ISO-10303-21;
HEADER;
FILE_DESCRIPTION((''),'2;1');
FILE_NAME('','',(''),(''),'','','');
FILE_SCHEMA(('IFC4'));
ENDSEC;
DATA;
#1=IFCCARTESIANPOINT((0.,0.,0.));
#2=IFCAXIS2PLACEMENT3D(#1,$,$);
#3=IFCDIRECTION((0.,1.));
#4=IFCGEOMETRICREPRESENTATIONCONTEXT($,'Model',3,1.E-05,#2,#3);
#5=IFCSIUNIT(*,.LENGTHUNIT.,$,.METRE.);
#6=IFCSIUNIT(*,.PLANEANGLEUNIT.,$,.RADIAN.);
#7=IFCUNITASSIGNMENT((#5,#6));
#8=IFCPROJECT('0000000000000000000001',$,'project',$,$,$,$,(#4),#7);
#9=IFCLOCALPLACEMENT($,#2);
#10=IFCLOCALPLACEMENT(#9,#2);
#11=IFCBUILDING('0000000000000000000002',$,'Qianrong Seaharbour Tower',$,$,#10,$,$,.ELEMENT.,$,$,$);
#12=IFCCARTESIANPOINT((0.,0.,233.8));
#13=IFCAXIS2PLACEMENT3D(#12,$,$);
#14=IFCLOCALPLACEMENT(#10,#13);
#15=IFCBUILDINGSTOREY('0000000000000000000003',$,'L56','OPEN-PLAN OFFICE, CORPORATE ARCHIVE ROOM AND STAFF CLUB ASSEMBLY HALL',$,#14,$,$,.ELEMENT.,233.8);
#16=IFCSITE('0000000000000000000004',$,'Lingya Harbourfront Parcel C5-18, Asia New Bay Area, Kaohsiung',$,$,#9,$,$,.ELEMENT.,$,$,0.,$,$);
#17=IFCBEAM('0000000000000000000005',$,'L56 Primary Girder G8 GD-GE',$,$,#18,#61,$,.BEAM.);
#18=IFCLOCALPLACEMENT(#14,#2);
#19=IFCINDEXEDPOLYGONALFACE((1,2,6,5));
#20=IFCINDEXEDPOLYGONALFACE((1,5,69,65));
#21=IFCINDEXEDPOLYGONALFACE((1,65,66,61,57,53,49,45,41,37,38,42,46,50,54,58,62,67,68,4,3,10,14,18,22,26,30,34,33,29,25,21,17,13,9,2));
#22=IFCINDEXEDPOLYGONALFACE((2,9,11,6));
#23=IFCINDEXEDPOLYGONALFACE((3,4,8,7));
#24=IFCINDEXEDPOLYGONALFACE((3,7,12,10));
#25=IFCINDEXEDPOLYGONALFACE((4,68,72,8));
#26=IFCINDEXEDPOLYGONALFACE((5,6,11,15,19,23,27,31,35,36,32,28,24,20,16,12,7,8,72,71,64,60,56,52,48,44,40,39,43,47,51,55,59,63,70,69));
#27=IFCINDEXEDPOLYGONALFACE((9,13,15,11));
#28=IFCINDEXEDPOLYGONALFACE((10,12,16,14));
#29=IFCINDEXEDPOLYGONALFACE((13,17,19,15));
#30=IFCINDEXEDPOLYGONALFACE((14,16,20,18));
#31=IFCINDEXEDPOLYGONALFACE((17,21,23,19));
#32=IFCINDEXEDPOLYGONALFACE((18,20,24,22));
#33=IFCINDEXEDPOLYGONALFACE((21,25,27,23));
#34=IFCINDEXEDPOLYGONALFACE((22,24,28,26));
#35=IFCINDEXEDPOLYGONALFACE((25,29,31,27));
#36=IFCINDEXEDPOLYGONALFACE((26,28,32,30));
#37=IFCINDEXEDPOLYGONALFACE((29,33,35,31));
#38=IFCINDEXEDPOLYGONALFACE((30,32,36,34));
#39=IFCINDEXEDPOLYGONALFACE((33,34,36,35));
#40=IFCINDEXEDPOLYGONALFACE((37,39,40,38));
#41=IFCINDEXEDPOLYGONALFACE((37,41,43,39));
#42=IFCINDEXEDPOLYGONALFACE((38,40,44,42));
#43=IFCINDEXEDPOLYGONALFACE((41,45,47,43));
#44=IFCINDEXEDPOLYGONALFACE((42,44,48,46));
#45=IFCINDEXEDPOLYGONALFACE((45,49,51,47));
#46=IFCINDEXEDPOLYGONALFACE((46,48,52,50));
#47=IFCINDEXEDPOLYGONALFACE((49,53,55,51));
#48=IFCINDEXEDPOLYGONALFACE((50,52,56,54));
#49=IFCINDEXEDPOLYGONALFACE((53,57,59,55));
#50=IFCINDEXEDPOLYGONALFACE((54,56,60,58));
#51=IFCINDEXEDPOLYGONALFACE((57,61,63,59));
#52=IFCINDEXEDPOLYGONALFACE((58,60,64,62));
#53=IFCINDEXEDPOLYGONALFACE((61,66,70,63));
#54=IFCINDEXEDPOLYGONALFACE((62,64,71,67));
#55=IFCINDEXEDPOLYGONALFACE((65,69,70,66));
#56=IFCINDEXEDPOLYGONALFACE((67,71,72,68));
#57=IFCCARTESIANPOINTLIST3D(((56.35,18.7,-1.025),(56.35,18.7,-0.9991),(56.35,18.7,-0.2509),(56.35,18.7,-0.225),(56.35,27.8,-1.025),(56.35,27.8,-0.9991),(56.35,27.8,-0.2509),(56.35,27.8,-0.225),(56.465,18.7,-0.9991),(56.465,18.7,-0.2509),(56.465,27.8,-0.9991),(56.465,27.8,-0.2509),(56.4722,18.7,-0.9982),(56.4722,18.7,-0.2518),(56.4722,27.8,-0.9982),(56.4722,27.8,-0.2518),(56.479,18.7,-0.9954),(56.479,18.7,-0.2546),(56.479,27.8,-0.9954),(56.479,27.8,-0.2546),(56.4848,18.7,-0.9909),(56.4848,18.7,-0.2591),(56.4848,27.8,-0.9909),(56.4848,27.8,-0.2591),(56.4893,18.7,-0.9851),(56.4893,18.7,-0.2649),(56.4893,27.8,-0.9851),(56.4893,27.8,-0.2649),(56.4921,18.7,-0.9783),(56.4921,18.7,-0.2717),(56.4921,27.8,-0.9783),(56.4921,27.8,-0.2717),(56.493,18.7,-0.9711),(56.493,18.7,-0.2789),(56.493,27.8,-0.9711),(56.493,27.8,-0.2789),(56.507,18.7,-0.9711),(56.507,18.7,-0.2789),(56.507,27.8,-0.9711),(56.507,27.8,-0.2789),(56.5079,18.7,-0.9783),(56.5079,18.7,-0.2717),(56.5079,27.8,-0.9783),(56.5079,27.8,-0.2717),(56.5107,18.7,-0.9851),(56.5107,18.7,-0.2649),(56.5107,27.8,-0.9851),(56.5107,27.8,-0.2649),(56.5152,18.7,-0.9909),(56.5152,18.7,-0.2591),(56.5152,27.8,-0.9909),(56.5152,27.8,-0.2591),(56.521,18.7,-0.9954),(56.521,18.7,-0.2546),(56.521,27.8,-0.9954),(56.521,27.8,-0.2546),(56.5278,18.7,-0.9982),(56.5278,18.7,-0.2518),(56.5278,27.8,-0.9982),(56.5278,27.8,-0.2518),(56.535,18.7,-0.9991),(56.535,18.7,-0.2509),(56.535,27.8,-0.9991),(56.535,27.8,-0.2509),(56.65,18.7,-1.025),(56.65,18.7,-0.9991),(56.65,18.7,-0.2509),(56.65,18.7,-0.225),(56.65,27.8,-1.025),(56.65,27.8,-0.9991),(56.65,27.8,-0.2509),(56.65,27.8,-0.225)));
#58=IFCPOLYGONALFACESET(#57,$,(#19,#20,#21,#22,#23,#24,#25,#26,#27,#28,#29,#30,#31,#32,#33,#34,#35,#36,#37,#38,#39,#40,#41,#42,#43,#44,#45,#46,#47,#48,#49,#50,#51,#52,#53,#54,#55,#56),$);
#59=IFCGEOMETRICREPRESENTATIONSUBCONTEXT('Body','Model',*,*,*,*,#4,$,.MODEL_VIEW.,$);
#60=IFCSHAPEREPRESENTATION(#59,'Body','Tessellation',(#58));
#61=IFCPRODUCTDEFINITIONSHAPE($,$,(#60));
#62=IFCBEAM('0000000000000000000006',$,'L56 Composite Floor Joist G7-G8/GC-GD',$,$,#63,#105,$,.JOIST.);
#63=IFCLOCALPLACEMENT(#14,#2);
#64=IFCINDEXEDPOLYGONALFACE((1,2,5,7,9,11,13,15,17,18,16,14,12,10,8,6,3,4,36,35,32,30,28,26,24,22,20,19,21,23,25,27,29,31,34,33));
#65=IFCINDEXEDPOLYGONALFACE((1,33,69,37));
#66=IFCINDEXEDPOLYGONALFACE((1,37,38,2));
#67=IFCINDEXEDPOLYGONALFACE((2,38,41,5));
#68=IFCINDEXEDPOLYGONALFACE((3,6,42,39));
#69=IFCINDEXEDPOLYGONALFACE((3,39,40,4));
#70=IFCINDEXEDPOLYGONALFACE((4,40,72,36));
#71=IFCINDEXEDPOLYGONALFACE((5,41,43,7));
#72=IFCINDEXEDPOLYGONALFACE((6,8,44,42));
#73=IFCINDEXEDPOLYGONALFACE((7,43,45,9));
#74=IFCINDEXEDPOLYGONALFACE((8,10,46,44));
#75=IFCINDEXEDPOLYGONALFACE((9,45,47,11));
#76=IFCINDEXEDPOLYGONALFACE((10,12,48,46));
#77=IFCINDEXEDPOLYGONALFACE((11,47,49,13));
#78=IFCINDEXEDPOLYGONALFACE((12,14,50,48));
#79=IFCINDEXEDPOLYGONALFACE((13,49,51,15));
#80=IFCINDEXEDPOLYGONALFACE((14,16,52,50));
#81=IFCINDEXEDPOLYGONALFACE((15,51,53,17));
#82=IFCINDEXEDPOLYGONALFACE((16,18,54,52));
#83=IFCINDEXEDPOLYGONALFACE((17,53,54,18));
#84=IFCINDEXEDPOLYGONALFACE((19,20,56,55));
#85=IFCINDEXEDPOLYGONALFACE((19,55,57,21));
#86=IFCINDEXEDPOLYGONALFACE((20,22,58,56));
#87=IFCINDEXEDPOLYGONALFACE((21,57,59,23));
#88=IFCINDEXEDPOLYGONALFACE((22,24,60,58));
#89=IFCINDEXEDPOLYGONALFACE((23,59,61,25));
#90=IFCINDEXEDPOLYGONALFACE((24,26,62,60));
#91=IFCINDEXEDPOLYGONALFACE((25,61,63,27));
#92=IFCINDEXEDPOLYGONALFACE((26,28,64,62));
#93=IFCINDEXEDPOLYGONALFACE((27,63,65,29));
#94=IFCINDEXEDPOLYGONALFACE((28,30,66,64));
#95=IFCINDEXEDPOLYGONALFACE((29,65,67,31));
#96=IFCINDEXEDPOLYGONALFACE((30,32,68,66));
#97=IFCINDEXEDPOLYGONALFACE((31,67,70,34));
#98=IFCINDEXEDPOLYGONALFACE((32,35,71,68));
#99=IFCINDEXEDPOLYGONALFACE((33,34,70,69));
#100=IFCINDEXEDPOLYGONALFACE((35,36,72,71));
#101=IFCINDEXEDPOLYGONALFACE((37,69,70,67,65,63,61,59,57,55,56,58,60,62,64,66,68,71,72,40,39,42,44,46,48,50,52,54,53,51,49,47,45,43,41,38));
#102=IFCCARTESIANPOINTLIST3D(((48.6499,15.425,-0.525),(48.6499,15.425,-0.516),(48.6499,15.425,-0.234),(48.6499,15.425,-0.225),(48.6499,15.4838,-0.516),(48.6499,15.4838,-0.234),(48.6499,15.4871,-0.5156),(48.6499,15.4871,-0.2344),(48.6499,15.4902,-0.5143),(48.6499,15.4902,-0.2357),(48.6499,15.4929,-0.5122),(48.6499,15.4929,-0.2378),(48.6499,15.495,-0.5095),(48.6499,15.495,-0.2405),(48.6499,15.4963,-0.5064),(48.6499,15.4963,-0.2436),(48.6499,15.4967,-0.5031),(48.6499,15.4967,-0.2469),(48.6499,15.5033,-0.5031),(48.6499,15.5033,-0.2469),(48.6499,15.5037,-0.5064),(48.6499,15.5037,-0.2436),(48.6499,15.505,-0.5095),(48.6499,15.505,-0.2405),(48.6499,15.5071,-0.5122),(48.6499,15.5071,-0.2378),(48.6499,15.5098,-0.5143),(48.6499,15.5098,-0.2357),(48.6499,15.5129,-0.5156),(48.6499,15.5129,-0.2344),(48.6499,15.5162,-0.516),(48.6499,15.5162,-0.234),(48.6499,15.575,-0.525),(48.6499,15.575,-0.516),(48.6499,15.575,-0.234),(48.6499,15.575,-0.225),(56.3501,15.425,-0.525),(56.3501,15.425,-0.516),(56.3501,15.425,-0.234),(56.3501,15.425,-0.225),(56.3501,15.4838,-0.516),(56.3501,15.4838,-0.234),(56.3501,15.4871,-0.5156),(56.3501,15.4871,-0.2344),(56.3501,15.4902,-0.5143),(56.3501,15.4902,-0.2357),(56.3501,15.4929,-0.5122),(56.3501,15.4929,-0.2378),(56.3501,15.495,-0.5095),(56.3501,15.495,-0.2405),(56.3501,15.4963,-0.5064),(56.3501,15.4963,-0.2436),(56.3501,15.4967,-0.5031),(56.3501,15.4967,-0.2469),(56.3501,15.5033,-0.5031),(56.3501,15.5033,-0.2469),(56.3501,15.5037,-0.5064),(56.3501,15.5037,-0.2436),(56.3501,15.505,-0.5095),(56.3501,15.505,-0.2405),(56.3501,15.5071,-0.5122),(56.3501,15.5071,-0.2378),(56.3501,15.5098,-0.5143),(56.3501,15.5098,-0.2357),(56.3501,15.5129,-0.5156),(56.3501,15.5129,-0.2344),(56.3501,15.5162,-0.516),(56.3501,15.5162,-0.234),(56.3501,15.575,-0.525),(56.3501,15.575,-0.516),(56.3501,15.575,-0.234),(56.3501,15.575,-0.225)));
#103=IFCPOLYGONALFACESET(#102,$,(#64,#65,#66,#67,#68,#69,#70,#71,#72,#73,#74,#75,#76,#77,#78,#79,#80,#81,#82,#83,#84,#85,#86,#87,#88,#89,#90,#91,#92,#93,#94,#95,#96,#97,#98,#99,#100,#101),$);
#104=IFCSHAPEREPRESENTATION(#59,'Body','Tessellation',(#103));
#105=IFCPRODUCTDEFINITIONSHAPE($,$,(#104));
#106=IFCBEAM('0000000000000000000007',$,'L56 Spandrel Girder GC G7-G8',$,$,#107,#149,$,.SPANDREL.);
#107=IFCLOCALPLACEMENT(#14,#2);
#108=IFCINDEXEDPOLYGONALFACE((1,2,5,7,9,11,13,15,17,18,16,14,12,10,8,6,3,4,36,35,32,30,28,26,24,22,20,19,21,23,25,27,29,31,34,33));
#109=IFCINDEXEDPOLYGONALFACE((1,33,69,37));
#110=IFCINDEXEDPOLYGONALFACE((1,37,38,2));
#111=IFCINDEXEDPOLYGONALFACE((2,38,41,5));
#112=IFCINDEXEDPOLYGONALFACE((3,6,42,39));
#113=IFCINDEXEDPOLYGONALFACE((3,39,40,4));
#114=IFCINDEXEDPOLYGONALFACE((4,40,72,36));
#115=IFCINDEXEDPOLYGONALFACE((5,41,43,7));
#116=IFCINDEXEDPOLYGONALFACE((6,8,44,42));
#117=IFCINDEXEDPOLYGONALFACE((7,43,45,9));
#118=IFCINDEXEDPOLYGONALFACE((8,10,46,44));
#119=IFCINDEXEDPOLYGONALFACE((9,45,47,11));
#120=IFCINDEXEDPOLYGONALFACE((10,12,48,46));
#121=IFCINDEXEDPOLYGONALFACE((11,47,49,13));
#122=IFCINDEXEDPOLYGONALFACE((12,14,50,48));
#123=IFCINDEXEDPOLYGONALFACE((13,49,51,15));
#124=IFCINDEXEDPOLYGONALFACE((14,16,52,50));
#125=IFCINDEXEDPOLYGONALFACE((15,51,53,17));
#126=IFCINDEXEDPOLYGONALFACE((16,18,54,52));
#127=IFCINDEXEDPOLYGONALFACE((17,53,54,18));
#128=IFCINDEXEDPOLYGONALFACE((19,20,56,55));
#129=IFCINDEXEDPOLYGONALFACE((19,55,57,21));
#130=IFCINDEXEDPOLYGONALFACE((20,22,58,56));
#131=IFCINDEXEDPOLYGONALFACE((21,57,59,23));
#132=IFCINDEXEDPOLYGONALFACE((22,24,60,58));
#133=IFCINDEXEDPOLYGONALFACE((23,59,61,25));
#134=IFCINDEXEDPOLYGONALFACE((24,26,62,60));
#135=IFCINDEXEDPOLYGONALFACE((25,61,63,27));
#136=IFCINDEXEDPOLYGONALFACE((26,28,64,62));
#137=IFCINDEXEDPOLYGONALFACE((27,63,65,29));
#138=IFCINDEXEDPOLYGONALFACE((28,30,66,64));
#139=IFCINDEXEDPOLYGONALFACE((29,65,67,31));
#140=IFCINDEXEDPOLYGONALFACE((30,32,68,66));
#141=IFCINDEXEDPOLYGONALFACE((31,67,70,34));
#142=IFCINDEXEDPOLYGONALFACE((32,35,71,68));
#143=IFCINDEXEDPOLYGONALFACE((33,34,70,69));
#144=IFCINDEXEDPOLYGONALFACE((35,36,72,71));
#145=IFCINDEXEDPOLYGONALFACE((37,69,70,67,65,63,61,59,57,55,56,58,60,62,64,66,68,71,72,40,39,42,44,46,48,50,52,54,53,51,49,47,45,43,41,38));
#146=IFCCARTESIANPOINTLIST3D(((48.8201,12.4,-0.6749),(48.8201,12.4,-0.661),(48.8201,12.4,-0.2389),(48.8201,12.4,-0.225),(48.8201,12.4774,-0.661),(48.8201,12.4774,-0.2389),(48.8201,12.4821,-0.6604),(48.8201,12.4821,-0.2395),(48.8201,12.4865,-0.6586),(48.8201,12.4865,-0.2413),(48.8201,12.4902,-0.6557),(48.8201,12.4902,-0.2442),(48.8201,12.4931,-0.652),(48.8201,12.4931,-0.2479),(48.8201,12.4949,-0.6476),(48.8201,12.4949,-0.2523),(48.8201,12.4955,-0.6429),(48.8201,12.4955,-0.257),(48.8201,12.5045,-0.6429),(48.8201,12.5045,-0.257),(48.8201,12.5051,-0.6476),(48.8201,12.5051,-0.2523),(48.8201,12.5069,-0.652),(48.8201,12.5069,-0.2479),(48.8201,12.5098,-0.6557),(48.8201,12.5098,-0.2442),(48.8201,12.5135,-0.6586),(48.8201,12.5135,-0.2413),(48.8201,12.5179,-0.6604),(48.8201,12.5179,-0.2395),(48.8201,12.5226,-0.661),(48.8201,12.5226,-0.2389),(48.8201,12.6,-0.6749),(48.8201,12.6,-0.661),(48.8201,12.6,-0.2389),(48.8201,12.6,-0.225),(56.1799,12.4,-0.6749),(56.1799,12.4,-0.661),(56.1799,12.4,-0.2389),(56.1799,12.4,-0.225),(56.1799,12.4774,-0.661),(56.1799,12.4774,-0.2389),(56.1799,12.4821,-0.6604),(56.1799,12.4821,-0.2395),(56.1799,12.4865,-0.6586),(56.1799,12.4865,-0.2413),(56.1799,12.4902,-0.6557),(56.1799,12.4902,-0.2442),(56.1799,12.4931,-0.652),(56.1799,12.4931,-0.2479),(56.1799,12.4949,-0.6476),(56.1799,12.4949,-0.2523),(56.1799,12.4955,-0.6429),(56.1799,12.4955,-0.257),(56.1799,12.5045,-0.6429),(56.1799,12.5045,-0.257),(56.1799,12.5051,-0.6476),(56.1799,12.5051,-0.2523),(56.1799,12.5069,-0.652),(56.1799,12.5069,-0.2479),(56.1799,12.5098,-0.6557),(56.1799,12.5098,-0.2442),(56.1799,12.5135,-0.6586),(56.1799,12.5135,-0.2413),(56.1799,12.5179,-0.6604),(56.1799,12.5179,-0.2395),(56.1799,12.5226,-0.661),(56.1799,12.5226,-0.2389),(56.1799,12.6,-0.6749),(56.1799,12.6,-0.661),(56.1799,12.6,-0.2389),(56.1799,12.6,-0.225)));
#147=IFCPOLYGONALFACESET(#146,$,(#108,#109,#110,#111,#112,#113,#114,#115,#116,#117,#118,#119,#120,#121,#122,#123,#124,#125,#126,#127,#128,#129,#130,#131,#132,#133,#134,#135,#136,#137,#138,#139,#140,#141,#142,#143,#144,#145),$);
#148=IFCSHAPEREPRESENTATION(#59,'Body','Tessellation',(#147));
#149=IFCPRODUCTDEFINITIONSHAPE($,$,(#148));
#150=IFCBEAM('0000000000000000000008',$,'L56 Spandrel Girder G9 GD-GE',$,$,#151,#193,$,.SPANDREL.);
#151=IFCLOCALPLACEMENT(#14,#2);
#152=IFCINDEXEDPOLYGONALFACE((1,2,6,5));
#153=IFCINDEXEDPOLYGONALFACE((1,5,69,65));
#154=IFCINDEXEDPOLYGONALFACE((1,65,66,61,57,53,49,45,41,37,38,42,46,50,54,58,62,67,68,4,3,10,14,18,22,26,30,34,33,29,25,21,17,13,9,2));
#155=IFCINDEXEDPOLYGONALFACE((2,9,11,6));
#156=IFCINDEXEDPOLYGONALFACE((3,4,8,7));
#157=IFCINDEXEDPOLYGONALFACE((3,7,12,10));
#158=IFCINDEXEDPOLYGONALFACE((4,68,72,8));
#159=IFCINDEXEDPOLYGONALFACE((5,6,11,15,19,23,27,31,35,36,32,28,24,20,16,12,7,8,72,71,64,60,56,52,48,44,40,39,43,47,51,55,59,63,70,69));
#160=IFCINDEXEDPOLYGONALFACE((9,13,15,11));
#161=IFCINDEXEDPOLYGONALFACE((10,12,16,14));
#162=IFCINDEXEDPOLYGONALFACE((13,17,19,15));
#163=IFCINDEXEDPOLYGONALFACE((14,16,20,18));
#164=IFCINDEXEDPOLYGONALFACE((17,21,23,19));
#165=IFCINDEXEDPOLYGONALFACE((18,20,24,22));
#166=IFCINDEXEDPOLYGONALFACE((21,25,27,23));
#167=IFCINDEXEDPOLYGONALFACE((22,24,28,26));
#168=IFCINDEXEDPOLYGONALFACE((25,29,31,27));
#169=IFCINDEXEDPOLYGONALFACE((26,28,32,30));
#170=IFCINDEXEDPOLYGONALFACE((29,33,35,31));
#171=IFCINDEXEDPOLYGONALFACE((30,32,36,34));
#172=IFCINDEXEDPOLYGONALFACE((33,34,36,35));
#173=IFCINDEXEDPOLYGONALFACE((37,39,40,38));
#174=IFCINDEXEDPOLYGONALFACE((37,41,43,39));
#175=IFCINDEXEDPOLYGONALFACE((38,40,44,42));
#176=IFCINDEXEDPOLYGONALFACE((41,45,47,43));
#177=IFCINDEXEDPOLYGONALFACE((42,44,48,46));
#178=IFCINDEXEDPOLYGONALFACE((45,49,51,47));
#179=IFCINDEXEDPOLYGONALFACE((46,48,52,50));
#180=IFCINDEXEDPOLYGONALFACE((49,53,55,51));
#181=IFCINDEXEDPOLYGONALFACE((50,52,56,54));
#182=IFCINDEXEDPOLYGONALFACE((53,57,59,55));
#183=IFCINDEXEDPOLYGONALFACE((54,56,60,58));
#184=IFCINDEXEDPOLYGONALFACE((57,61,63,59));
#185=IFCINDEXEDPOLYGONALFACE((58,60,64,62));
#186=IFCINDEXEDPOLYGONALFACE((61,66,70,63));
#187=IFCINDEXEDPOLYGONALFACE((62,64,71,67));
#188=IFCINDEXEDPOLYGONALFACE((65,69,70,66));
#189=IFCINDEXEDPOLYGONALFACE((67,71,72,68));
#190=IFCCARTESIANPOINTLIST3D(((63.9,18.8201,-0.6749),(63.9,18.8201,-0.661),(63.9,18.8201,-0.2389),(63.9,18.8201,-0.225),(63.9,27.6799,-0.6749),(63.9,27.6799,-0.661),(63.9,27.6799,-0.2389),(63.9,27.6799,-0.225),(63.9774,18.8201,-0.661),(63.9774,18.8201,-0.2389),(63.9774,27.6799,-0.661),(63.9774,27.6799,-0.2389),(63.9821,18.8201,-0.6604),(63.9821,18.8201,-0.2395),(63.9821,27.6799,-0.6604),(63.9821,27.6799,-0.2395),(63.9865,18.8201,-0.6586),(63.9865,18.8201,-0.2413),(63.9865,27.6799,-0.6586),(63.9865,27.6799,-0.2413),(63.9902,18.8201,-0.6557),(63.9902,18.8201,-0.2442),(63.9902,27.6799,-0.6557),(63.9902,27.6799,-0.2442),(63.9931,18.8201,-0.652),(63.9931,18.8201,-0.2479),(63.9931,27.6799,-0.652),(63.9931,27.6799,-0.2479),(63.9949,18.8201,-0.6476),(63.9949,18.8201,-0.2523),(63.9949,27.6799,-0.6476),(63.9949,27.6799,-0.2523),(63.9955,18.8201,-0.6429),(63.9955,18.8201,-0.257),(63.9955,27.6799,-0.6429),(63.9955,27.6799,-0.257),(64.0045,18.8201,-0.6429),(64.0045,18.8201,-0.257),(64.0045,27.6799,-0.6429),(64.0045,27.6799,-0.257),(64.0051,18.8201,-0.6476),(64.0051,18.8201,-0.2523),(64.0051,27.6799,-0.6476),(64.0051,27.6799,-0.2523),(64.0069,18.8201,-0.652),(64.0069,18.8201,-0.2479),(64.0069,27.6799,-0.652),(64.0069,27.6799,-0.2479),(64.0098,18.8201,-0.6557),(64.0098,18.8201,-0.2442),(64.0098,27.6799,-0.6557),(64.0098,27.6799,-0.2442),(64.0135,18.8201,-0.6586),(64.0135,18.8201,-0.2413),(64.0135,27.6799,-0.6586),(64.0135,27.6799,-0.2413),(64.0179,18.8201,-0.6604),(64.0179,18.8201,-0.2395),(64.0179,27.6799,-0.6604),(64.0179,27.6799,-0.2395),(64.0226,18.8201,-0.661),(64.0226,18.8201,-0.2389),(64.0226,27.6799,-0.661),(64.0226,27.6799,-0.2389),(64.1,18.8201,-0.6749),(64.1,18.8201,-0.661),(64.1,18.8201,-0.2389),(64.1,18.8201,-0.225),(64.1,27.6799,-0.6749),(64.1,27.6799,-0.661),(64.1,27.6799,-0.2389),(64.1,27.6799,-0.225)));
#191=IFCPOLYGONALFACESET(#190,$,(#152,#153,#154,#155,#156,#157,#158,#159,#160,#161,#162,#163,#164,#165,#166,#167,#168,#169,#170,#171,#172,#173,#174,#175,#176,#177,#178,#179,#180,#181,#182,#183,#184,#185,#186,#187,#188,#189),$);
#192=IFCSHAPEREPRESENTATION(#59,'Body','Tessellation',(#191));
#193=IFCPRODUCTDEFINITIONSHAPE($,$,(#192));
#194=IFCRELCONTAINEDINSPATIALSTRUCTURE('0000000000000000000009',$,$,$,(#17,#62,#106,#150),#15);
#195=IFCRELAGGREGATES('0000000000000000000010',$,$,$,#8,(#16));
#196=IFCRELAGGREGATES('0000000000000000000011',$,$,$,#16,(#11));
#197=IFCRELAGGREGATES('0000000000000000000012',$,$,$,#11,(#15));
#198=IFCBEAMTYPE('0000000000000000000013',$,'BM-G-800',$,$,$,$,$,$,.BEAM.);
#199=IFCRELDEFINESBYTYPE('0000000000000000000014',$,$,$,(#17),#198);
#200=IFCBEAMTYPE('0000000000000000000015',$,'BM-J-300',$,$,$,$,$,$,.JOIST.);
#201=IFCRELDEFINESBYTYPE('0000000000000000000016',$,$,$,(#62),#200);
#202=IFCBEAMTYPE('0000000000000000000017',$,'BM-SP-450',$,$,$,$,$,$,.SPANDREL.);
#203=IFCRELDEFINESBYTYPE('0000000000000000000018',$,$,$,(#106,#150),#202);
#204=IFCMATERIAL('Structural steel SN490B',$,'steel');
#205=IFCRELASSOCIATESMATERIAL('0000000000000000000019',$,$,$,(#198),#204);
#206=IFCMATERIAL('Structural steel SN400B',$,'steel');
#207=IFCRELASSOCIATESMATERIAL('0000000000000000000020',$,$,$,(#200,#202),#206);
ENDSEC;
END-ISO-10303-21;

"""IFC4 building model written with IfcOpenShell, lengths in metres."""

from ifc_helpers import new_model, si_unit, direction, frame, origin, origin_2d, place, context, subcontext, project, spatial, i_section, extrude, material, material_profile, profile_set, type_object, element, save


model = new_model("IFC4")

# Units and contexts
model_context = context("Model", 3, precision=1e-05, world=origin(), true_north=direction((0.0, 1.0)))
body_context = subcontext(model_context, "Body", "Model", "MODEL_VIEW")
ifc_project = project(units=[si_unit("LENGTHUNIT", "METRE"), si_unit("PLANEANGLEUNIT", "RADIAN")], contexts=[model_context])

# Site, building, storey
site_placement = place(None, origin())
site = spatial("IfcSite", under=ifc_project, at=site_placement, Name="Lingya Harbourfront Parcel C5-18, Asia New Bay Area, Kaohsiung", CompositionType="ELEMENT", RefElevation=0.0)
building_placement = place(site_placement, origin())
building = spatial("IfcBuilding", under=site, at=building_placement, Name="Qianrong Seaharbour Tower", CompositionType="ELEMENT")
storey_placement = place(building_placement, frame((0.0, 0.0, 233.8)))
storey = spatial("IfcBuildingStorey", under=building, at=storey_placement, Name="L56", Description="OPEN-PLAN OFFICE, CORPORATE ARCHIVE ROOM AND STAFF CLUB ASSEMBLY HALL", CompositionType="ELEMENT", Elevation=233.8)

# Shared definitions
ifc_material_1 = material(Name="Structural steel SN490B", Category="steel")

# Beams
ifc_material_profile_1 = material_profile(ifc_material_1, i_section(OverallWidth=0.3, OverallDepth=0.8, WebThickness=0.0139, FlangeThickness=0.0259, FilletRadius=0.0281, at=origin_2d()), Name="H800x300x14x26")
ifc_profile_set_1 = profile_set([ifc_material_profile_1], Name="Structural steel SN490B")
beam_type_1 = type_object("IfcBeamType", Name="BM-G-800", PredefinedType="BEAM", material=ifc_profile_set_1)
for number, where, z_axis, x_axis, name in (
    (1, (56.5, 18.7, -0.625), (0.0, 1.0, 0.0), (-1.0, 0.0, 0.0), "L56 Primary Girder G8 GD-GE"),
):
    element("IfcBeam", number, at=place(storey_placement, frame(where, z_axis=z_axis, x_axis=x_axis)), inside=storey, type_object=beam_type_1, Name=name, PredefinedType="BEAM", context=body_context, shape_type="SweptSolid", body=[
        extrude(i_section(OverallWidth=0.3, OverallDepth=0.8, WebThickness=0.0139, FlangeThickness=0.0259, FilletRadius=0.0281, at=origin_2d()), origin(), (0.0, 0.0, 1.0), 9.1001),
    ])
ifc_material_2 = material(Name="Structural steel SN400B", Category="steel")
ifc_material_profile_2 = material_profile(ifc_material_2, i_section(OverallWidth=0.1499, OverallDepth=0.3, WebThickness=0.0066, FlangeThickness=0.009, FilletRadius=0.0129, at=origin_2d()), Name="H300x150x6.5x9")
ifc_profile_set_2 = profile_set([ifc_material_profile_2], Name="Structural steel SN400B")
beam_type_2 = type_object("IfcBeamType", Name="BM-J-300", PredefinedType="JOIST", material=ifc_profile_set_2)
beam_1_placement = place(storey_placement, frame((48.6499, 15.5, -0.375), z_axis=(1.0, 0.0, 0.0), x_axis=(0.0, 1.0, 0.0)))
element("IfcBeam", 2, at=beam_1_placement, inside=storey, type_object=beam_type_2, Name="L56 Composite Floor Joist G7-G8/GC-GD", PredefinedType="JOIST", context=body_context, shape_type="SweptSolid", body=[
    extrude(i_section(OverallWidth=0.1499, OverallDepth=0.3, WebThickness=0.0066, FlangeThickness=0.009, FilletRadius=0.0129, at=origin_2d()), origin(), (0.0, 0.0, 1.0), 7.7002),
])
ifc_material_profile_3 = material_profile(ifc_material_2, i_section(OverallWidth=0.2, OverallDepth=0.45, WebThickness=0.009, FlangeThickness=0.0139, FilletRadius=0.0181, at=origin_2d()), Name="H450x200x9x14")
ifc_profile_set_3 = profile_set([ifc_material_profile_3], Name="Structural steel SN400B")
beam_type_3 = type_object("IfcBeamType", Name="BM-SP-450", PredefinedType="SPANDREL", material=ifc_profile_set_3)
beam_2_placement = place(storey_placement, frame((48.8201, 12.5, -0.45), z_axis=(1.0, 0.0, 0.0), x_axis=(0.0, 1.0, 0.0)))
element("IfcBeam", 3, at=beam_2_placement, inside=storey, type_object=beam_type_3, Name="L56 Spandrel Girder GC G7-G8", PredefinedType="SPANDREL", context=body_context, shape_type="SweptSolid", body=[
    extrude(i_section(OverallWidth=0.2, OverallDepth=0.45, WebThickness=0.009, FlangeThickness=0.0139, FilletRadius=0.0181, at=origin_2d()), origin(), (0.0, 0.0, 1.0), 7.3599),
])
beam_3_placement = place(storey_placement, frame((64.0, 18.8201, -0.45), z_axis=(0.0, 1.0, 0.0), x_axis=(-1.0, 0.0, 0.0)))
element("IfcBeam", 4, at=beam_3_placement, inside=storey, type_object=beam_type_3, Name="L56 Spandrel Girder G9 GD-GE", PredefinedType="SPANDREL", context=body_context, shape_type="SweptSolid", body=[
    extrude(i_section(OverallWidth=0.2, OverallDepth=0.45, WebThickness=0.009, FlangeThickness=0.0139, FilletRadius=0.0181, at=origin_2d()), origin(), (0.0, 0.0, 1.0), 8.8599),
])

save(model, "model.ifc")
